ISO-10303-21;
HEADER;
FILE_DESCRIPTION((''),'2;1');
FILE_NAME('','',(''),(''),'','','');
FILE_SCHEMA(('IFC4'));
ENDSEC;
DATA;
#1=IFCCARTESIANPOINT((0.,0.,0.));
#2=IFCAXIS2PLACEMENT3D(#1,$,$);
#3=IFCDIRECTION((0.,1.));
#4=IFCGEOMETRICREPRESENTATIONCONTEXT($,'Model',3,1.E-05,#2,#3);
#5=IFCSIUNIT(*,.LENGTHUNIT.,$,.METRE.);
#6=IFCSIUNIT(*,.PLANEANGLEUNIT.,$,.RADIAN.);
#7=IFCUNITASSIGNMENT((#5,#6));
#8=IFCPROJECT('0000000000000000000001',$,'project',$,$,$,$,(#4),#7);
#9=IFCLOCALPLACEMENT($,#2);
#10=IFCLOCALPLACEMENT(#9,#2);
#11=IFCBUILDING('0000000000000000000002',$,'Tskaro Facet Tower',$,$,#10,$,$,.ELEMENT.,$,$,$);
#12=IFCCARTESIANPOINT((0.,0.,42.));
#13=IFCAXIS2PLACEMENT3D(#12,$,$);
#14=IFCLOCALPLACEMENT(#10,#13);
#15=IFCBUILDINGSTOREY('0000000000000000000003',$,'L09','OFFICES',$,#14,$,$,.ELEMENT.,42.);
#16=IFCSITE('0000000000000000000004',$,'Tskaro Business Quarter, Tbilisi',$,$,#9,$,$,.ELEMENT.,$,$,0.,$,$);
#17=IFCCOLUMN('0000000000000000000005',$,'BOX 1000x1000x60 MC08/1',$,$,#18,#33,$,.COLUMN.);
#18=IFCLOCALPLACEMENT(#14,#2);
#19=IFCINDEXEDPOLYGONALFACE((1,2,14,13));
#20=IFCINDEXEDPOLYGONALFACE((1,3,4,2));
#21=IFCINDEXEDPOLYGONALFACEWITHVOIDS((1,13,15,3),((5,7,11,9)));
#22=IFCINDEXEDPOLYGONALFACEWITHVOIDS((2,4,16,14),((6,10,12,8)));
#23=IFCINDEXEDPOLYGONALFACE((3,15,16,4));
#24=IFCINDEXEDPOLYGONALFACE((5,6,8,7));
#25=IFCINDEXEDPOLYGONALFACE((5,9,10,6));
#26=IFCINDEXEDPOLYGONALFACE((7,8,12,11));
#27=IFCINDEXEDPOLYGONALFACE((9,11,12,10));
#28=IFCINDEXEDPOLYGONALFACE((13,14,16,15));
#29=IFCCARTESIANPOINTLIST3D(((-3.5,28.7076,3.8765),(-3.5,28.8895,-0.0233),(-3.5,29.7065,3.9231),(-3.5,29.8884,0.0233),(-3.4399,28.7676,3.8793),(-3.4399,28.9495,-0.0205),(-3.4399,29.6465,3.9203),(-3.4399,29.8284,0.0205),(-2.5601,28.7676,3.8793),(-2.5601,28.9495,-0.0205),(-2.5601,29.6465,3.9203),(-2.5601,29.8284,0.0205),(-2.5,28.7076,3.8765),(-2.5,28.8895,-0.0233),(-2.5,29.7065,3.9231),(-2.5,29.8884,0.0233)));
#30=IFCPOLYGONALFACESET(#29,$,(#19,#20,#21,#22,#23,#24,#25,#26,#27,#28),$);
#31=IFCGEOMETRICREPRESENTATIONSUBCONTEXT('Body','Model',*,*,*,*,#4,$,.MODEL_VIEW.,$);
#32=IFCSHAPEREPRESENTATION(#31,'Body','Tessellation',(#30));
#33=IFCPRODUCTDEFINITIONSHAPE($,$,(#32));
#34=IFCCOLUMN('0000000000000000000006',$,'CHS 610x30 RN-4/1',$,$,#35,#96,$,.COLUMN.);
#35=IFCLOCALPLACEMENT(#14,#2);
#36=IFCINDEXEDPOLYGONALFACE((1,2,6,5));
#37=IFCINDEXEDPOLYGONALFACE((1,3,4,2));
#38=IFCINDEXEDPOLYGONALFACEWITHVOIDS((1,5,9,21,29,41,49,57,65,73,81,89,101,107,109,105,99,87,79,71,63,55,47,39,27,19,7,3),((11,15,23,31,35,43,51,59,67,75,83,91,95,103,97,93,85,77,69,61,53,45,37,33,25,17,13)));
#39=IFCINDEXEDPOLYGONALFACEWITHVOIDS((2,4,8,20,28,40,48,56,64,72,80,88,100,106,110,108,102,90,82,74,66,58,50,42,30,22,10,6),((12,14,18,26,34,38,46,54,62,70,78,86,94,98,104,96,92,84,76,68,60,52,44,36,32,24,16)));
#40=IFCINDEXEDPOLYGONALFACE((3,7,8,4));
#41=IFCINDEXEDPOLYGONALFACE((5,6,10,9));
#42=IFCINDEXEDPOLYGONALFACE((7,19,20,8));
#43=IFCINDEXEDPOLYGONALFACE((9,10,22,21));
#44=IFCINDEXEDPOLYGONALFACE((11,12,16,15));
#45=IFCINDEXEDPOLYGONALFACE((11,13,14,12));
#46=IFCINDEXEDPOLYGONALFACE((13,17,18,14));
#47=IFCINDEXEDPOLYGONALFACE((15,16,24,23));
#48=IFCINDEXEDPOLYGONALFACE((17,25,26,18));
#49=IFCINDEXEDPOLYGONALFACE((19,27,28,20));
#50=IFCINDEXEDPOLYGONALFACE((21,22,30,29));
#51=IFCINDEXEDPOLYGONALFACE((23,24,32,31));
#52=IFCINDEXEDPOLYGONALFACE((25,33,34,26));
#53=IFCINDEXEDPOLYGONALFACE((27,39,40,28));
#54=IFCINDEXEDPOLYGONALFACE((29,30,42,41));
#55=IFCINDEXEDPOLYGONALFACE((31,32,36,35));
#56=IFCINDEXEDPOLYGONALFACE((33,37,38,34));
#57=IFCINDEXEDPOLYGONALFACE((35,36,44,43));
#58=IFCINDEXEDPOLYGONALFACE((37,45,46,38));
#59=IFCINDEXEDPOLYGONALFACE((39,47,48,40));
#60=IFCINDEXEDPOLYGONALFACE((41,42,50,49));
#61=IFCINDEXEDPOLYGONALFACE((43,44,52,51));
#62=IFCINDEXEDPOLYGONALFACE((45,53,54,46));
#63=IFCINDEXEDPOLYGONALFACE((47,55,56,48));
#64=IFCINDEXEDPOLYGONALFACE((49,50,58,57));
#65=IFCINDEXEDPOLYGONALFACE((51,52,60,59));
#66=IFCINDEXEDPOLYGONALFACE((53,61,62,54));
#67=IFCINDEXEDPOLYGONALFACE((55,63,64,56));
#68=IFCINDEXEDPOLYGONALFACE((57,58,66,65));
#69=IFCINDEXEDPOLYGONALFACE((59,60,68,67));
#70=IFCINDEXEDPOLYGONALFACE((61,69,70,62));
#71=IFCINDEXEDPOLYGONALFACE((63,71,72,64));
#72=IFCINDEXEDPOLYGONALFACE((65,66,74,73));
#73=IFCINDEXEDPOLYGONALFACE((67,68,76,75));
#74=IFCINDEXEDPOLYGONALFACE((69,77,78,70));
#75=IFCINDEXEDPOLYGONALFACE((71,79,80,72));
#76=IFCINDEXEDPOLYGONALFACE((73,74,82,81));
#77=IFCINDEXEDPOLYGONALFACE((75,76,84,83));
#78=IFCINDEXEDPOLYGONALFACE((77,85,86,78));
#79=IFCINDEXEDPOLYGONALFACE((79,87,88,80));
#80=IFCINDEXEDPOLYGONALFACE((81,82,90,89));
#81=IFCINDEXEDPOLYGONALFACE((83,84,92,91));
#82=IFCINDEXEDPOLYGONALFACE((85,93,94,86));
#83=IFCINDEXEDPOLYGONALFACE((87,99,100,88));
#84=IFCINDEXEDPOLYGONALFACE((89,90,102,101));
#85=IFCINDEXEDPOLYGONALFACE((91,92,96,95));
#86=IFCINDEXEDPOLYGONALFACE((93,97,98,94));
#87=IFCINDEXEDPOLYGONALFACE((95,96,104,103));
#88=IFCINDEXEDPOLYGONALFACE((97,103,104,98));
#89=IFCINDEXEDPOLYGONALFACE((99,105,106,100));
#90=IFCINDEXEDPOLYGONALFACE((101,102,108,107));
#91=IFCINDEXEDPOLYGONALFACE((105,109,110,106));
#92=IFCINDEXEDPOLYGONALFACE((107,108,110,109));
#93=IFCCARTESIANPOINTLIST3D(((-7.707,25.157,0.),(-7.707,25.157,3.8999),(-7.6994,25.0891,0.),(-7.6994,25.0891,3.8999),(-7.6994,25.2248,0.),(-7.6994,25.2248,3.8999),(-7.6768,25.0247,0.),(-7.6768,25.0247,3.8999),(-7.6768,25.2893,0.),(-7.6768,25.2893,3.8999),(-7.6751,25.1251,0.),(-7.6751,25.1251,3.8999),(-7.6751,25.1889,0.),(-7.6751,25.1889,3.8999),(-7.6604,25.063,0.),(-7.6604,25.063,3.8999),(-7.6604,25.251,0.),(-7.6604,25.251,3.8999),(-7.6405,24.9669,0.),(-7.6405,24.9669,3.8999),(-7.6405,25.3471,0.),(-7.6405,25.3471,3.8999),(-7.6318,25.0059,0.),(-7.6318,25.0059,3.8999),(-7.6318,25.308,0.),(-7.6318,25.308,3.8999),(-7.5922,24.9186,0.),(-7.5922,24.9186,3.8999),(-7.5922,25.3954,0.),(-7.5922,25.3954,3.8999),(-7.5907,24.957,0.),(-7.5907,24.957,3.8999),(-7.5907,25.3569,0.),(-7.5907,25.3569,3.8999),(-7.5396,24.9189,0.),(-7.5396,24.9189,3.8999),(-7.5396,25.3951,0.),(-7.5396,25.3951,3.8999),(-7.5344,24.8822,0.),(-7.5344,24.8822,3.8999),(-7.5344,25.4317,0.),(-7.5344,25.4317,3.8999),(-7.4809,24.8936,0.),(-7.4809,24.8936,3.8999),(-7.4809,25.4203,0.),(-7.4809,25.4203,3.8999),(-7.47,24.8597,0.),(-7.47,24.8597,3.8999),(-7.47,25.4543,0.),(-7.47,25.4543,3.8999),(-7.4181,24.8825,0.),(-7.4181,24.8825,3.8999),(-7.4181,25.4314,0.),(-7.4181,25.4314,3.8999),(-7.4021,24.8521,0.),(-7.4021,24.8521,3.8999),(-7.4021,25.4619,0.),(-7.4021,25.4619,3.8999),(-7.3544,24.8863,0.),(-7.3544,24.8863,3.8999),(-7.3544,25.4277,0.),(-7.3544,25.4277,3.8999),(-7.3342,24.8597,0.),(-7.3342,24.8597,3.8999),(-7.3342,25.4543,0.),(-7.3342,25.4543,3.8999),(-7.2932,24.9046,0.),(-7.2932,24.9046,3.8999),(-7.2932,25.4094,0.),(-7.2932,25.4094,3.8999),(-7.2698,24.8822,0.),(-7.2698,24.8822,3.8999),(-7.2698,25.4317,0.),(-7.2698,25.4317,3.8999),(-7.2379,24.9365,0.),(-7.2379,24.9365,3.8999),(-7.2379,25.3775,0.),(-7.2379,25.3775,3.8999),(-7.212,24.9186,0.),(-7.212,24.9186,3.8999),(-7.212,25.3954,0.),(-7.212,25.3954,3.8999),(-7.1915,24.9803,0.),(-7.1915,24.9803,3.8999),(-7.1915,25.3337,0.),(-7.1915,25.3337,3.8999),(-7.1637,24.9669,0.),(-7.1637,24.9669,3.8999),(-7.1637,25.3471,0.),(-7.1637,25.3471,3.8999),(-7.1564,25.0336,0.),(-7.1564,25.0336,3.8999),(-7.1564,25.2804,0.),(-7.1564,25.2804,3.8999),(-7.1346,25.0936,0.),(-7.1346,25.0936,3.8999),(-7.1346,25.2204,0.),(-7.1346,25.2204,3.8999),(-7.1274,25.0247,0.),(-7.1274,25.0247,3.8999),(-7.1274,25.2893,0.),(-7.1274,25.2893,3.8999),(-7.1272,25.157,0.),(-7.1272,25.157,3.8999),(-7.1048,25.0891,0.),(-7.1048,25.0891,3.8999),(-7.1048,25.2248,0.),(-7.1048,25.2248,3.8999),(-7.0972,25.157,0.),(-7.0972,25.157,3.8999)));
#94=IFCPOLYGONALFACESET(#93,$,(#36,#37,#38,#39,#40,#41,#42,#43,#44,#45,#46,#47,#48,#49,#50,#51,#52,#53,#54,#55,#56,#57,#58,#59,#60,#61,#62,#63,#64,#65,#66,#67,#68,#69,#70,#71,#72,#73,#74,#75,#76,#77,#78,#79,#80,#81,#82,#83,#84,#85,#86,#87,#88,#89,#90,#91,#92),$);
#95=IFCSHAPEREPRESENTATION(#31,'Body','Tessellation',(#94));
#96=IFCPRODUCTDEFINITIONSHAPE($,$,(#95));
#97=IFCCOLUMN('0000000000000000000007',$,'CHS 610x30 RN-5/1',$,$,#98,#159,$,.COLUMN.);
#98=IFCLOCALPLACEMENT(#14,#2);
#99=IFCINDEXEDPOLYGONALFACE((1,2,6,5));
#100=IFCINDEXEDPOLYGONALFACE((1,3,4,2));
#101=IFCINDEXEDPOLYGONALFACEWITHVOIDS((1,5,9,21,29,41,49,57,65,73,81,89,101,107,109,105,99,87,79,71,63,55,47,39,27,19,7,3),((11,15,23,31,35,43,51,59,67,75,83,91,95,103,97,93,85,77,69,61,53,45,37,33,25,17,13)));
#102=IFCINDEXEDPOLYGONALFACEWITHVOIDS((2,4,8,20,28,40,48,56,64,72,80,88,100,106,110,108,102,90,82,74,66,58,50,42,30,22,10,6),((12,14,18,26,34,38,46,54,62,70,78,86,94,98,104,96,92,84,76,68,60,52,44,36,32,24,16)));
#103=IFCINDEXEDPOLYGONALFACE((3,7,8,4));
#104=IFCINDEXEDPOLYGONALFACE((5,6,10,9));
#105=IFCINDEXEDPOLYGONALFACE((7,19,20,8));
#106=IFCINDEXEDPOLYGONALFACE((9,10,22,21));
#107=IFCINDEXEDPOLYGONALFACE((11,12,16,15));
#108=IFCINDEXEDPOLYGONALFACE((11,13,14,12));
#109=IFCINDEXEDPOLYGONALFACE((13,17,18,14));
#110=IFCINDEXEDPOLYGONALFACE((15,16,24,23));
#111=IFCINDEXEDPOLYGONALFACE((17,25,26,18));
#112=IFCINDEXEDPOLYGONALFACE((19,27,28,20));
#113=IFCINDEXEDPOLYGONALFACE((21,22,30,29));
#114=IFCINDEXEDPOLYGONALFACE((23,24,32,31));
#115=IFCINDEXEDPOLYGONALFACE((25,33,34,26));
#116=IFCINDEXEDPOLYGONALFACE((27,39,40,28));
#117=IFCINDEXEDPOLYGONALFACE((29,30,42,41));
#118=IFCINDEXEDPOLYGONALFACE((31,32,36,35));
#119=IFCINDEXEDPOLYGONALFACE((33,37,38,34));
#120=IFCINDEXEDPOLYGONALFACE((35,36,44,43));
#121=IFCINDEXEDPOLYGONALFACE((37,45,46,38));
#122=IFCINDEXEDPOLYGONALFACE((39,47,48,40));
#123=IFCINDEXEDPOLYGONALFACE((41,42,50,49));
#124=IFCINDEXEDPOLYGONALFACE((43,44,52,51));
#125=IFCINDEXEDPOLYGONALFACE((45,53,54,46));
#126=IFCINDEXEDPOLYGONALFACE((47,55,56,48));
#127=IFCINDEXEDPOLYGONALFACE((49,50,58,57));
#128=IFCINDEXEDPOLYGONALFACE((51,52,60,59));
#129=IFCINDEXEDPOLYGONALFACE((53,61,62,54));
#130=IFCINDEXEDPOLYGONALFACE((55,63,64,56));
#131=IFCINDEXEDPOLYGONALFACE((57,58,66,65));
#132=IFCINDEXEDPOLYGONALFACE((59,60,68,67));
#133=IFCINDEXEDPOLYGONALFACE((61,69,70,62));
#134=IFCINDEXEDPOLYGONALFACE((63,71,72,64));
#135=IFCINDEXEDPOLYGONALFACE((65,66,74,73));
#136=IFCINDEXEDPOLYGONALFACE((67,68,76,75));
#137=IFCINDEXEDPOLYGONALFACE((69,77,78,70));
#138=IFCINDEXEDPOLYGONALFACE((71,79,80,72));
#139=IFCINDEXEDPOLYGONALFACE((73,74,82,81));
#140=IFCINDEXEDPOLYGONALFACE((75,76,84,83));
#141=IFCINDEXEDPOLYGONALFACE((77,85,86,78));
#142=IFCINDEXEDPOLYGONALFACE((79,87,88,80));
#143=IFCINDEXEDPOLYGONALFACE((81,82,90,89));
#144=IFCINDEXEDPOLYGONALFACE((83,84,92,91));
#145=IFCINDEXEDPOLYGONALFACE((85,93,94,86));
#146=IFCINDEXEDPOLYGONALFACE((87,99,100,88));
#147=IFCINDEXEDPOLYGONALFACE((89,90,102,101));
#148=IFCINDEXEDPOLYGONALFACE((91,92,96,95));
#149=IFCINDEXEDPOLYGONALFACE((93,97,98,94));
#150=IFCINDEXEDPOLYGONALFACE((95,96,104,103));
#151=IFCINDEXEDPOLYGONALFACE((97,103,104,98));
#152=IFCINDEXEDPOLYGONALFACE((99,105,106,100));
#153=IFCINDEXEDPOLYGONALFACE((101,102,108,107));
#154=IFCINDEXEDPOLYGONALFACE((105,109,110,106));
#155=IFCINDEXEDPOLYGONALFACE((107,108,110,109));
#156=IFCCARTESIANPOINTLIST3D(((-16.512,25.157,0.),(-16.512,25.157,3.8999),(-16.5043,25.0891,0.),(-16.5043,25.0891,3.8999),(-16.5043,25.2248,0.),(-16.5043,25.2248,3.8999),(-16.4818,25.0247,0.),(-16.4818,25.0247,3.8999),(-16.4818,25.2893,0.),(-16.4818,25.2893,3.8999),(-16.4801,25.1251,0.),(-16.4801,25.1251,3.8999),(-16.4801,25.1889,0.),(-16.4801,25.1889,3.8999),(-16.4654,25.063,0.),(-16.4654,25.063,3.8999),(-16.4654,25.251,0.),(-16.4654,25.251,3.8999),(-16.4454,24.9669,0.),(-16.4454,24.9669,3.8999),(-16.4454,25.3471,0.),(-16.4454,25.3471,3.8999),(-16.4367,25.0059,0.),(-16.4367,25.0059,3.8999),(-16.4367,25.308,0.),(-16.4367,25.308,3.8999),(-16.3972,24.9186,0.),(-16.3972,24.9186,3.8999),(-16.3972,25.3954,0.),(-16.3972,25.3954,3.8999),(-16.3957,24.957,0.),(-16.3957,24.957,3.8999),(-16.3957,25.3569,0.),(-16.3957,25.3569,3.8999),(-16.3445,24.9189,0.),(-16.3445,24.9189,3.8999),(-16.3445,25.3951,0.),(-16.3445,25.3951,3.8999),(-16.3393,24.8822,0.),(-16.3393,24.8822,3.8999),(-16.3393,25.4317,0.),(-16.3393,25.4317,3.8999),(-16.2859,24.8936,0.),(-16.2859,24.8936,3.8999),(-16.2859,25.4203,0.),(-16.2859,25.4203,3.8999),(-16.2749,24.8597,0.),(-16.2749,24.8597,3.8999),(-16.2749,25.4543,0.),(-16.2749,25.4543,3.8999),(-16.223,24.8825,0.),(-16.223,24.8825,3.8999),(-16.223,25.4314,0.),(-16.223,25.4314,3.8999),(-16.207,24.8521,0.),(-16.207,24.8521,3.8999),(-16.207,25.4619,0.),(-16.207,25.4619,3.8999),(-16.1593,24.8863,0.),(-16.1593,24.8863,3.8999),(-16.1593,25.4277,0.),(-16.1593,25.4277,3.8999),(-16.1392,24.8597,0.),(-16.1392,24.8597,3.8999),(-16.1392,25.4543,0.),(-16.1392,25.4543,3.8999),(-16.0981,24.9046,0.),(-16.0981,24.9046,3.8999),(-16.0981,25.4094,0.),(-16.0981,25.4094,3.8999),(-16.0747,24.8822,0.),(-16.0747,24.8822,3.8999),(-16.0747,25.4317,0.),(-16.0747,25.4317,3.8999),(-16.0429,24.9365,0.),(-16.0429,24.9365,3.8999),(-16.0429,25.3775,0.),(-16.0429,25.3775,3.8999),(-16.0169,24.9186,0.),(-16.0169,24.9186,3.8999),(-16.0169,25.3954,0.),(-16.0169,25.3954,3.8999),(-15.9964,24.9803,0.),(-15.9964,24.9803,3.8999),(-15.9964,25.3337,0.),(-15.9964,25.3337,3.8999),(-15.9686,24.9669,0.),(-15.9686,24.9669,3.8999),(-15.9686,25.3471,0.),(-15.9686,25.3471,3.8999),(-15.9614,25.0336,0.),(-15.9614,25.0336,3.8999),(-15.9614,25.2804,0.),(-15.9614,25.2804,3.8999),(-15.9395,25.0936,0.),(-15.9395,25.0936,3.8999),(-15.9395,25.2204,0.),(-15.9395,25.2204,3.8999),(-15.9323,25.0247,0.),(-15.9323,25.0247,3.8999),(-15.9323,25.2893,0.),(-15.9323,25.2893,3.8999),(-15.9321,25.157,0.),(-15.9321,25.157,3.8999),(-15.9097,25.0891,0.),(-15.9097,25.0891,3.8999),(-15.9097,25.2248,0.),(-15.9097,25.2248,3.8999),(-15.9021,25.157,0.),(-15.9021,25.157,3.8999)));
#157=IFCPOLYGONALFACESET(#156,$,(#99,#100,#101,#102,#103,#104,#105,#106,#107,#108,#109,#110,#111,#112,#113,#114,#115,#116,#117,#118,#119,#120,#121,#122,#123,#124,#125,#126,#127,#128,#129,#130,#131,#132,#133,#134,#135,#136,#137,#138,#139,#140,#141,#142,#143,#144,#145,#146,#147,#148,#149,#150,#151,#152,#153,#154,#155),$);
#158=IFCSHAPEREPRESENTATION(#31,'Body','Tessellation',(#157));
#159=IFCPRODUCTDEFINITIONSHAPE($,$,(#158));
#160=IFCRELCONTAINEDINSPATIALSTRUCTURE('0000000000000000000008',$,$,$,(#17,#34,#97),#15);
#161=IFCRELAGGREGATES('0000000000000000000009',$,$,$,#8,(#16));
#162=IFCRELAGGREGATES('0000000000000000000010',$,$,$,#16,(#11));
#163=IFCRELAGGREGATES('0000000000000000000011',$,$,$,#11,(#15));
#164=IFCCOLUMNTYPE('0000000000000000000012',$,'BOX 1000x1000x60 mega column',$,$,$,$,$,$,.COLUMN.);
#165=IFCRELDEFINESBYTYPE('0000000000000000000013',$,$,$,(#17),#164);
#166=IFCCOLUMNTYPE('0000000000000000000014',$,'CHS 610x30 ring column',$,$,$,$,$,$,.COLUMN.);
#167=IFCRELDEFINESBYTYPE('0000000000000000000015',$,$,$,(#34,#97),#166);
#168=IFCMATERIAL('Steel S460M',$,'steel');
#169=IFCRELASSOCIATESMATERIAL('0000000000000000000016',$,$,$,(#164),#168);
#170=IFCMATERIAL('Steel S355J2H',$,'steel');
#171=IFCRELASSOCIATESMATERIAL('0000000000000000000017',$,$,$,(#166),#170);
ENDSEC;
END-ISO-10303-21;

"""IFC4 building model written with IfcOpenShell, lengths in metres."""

from ifc_helpers import new_model, si_unit, direction, frame, origin, origin_2d, place, context, subcontext, project, spatial, hollow_rectangle, hollow_circle, extrude, material, material_profile, profile_set, type_object, element, save


model = new_model("IFC4")

# Units and contexts
model_context = context("Model", 3, precision=1e-05, world=origin(), true_north=direction((0.0, 1.0)))
body_context = subcontext(model_context, "Body", "Model", "MODEL_VIEW")
ifc_project = project(units=[si_unit("LENGTHUNIT", "METRE"), si_unit("PLANEANGLEUNIT", "RADIAN")], contexts=[model_context])

# Site, building, storey
site_placement = place(None, origin())
site = spatial("IfcSite", under=ifc_project, at=site_placement, Name="Tskaro Business Quarter, Tbilisi", CompositionType="ELEMENT", RefElevation=0.0)
building_placement = place(site_placement, origin())
building = spatial("IfcBuilding", under=site, at=building_placement, Name="Tskaro Facet Tower", CompositionType="ELEMENT")
storey_placement = place(building_placement, frame((0.0, 0.0, 42.0)))
storey = spatial("IfcBuildingStorey", under=building, at=storey_placement, Name="L09", Description="OFFICES", CompositionType="ELEMENT", Elevation=42.0)

# Columns
ifc_material_1 = material(Name="Steel S460M", Category="steel")
ifc_material_profile_1 = material_profile(ifc_material_1, hollow_rectangle(XDim=1.0, YDim=1.0, WallThickness=0.0601, at=origin_2d()), Name="BOX 1000x1000x60")
ifc_profile_set_1 = profile_set([ifc_material_profile_1], Name="Steel S460M")
column_type_1 = type_object("IfcColumnType", Name="BOX 1000x1000x60 mega column", PredefinedType="COLUMN", material=ifc_profile_set_1)
column_1_placement = place(storey_placement, frame((-3.0, 29.3889, 0.0), z_axis=(0.0, -0.046588, 0.998914), x_axis=(1.0, 0.0, 0.0)))
element("IfcColumn", 1, at=column_1_placement, inside=storey, type_object=column_type_1, Name="BOX 1000x1000x60 MC08/1", PredefinedType="COLUMN", context=body_context, shape_type="SweptSolid", body=[
    extrude(hollow_rectangle(XDim=1.0, YDim=1.0, WallThickness=0.0601, at=origin_2d()), origin(), (0.0, 0.0, 1.0), 3.9041),
])
ifc_material_2 = material(Name="Steel S355J2H", Category="steel")
ifc_material_profile_2 = material_profile(ifc_material_2, hollow_circle(Radius=0.3049, WallThickness=0.03, at=origin_2d()), Name="CHS 610x30")
ifc_profile_set_2 = profile_set([ifc_material_profile_2], Name="Steel S355J2H")
column_type_2 = type_object("IfcColumnType", Name="CHS 610x30 ring column", PredefinedType="COLUMN", material=ifc_profile_set_2)
for number, where, z_axis, x_axis, name in (
    (2, (-7.4021, 25.157, 0.0), (0.0, 0.0, 1.0), (1.0, 0.0, 0.0), "CHS 610x30 RN-4/1"),
    (3, (-16.207, 25.157, 0.0), (0.0, 0.0, 1.0), (1.0, 0.0, 0.0), "CHS 610x30 RN-5/1"),
):
    element("IfcColumn", number, at=place(storey_placement, frame(where, z_axis=z_axis, x_axis=x_axis)), inside=storey, type_object=column_type_2, Name=name, PredefinedType="COLUMN", context=body_context, shape_type="SweptSolid", body=[
        extrude(hollow_circle(Radius=0.3049, WallThickness=0.03, at=origin_2d()), origin(), (0.0, 0.0, 1.0), 3.8999),
    ])

save(model, "model.ifc")
